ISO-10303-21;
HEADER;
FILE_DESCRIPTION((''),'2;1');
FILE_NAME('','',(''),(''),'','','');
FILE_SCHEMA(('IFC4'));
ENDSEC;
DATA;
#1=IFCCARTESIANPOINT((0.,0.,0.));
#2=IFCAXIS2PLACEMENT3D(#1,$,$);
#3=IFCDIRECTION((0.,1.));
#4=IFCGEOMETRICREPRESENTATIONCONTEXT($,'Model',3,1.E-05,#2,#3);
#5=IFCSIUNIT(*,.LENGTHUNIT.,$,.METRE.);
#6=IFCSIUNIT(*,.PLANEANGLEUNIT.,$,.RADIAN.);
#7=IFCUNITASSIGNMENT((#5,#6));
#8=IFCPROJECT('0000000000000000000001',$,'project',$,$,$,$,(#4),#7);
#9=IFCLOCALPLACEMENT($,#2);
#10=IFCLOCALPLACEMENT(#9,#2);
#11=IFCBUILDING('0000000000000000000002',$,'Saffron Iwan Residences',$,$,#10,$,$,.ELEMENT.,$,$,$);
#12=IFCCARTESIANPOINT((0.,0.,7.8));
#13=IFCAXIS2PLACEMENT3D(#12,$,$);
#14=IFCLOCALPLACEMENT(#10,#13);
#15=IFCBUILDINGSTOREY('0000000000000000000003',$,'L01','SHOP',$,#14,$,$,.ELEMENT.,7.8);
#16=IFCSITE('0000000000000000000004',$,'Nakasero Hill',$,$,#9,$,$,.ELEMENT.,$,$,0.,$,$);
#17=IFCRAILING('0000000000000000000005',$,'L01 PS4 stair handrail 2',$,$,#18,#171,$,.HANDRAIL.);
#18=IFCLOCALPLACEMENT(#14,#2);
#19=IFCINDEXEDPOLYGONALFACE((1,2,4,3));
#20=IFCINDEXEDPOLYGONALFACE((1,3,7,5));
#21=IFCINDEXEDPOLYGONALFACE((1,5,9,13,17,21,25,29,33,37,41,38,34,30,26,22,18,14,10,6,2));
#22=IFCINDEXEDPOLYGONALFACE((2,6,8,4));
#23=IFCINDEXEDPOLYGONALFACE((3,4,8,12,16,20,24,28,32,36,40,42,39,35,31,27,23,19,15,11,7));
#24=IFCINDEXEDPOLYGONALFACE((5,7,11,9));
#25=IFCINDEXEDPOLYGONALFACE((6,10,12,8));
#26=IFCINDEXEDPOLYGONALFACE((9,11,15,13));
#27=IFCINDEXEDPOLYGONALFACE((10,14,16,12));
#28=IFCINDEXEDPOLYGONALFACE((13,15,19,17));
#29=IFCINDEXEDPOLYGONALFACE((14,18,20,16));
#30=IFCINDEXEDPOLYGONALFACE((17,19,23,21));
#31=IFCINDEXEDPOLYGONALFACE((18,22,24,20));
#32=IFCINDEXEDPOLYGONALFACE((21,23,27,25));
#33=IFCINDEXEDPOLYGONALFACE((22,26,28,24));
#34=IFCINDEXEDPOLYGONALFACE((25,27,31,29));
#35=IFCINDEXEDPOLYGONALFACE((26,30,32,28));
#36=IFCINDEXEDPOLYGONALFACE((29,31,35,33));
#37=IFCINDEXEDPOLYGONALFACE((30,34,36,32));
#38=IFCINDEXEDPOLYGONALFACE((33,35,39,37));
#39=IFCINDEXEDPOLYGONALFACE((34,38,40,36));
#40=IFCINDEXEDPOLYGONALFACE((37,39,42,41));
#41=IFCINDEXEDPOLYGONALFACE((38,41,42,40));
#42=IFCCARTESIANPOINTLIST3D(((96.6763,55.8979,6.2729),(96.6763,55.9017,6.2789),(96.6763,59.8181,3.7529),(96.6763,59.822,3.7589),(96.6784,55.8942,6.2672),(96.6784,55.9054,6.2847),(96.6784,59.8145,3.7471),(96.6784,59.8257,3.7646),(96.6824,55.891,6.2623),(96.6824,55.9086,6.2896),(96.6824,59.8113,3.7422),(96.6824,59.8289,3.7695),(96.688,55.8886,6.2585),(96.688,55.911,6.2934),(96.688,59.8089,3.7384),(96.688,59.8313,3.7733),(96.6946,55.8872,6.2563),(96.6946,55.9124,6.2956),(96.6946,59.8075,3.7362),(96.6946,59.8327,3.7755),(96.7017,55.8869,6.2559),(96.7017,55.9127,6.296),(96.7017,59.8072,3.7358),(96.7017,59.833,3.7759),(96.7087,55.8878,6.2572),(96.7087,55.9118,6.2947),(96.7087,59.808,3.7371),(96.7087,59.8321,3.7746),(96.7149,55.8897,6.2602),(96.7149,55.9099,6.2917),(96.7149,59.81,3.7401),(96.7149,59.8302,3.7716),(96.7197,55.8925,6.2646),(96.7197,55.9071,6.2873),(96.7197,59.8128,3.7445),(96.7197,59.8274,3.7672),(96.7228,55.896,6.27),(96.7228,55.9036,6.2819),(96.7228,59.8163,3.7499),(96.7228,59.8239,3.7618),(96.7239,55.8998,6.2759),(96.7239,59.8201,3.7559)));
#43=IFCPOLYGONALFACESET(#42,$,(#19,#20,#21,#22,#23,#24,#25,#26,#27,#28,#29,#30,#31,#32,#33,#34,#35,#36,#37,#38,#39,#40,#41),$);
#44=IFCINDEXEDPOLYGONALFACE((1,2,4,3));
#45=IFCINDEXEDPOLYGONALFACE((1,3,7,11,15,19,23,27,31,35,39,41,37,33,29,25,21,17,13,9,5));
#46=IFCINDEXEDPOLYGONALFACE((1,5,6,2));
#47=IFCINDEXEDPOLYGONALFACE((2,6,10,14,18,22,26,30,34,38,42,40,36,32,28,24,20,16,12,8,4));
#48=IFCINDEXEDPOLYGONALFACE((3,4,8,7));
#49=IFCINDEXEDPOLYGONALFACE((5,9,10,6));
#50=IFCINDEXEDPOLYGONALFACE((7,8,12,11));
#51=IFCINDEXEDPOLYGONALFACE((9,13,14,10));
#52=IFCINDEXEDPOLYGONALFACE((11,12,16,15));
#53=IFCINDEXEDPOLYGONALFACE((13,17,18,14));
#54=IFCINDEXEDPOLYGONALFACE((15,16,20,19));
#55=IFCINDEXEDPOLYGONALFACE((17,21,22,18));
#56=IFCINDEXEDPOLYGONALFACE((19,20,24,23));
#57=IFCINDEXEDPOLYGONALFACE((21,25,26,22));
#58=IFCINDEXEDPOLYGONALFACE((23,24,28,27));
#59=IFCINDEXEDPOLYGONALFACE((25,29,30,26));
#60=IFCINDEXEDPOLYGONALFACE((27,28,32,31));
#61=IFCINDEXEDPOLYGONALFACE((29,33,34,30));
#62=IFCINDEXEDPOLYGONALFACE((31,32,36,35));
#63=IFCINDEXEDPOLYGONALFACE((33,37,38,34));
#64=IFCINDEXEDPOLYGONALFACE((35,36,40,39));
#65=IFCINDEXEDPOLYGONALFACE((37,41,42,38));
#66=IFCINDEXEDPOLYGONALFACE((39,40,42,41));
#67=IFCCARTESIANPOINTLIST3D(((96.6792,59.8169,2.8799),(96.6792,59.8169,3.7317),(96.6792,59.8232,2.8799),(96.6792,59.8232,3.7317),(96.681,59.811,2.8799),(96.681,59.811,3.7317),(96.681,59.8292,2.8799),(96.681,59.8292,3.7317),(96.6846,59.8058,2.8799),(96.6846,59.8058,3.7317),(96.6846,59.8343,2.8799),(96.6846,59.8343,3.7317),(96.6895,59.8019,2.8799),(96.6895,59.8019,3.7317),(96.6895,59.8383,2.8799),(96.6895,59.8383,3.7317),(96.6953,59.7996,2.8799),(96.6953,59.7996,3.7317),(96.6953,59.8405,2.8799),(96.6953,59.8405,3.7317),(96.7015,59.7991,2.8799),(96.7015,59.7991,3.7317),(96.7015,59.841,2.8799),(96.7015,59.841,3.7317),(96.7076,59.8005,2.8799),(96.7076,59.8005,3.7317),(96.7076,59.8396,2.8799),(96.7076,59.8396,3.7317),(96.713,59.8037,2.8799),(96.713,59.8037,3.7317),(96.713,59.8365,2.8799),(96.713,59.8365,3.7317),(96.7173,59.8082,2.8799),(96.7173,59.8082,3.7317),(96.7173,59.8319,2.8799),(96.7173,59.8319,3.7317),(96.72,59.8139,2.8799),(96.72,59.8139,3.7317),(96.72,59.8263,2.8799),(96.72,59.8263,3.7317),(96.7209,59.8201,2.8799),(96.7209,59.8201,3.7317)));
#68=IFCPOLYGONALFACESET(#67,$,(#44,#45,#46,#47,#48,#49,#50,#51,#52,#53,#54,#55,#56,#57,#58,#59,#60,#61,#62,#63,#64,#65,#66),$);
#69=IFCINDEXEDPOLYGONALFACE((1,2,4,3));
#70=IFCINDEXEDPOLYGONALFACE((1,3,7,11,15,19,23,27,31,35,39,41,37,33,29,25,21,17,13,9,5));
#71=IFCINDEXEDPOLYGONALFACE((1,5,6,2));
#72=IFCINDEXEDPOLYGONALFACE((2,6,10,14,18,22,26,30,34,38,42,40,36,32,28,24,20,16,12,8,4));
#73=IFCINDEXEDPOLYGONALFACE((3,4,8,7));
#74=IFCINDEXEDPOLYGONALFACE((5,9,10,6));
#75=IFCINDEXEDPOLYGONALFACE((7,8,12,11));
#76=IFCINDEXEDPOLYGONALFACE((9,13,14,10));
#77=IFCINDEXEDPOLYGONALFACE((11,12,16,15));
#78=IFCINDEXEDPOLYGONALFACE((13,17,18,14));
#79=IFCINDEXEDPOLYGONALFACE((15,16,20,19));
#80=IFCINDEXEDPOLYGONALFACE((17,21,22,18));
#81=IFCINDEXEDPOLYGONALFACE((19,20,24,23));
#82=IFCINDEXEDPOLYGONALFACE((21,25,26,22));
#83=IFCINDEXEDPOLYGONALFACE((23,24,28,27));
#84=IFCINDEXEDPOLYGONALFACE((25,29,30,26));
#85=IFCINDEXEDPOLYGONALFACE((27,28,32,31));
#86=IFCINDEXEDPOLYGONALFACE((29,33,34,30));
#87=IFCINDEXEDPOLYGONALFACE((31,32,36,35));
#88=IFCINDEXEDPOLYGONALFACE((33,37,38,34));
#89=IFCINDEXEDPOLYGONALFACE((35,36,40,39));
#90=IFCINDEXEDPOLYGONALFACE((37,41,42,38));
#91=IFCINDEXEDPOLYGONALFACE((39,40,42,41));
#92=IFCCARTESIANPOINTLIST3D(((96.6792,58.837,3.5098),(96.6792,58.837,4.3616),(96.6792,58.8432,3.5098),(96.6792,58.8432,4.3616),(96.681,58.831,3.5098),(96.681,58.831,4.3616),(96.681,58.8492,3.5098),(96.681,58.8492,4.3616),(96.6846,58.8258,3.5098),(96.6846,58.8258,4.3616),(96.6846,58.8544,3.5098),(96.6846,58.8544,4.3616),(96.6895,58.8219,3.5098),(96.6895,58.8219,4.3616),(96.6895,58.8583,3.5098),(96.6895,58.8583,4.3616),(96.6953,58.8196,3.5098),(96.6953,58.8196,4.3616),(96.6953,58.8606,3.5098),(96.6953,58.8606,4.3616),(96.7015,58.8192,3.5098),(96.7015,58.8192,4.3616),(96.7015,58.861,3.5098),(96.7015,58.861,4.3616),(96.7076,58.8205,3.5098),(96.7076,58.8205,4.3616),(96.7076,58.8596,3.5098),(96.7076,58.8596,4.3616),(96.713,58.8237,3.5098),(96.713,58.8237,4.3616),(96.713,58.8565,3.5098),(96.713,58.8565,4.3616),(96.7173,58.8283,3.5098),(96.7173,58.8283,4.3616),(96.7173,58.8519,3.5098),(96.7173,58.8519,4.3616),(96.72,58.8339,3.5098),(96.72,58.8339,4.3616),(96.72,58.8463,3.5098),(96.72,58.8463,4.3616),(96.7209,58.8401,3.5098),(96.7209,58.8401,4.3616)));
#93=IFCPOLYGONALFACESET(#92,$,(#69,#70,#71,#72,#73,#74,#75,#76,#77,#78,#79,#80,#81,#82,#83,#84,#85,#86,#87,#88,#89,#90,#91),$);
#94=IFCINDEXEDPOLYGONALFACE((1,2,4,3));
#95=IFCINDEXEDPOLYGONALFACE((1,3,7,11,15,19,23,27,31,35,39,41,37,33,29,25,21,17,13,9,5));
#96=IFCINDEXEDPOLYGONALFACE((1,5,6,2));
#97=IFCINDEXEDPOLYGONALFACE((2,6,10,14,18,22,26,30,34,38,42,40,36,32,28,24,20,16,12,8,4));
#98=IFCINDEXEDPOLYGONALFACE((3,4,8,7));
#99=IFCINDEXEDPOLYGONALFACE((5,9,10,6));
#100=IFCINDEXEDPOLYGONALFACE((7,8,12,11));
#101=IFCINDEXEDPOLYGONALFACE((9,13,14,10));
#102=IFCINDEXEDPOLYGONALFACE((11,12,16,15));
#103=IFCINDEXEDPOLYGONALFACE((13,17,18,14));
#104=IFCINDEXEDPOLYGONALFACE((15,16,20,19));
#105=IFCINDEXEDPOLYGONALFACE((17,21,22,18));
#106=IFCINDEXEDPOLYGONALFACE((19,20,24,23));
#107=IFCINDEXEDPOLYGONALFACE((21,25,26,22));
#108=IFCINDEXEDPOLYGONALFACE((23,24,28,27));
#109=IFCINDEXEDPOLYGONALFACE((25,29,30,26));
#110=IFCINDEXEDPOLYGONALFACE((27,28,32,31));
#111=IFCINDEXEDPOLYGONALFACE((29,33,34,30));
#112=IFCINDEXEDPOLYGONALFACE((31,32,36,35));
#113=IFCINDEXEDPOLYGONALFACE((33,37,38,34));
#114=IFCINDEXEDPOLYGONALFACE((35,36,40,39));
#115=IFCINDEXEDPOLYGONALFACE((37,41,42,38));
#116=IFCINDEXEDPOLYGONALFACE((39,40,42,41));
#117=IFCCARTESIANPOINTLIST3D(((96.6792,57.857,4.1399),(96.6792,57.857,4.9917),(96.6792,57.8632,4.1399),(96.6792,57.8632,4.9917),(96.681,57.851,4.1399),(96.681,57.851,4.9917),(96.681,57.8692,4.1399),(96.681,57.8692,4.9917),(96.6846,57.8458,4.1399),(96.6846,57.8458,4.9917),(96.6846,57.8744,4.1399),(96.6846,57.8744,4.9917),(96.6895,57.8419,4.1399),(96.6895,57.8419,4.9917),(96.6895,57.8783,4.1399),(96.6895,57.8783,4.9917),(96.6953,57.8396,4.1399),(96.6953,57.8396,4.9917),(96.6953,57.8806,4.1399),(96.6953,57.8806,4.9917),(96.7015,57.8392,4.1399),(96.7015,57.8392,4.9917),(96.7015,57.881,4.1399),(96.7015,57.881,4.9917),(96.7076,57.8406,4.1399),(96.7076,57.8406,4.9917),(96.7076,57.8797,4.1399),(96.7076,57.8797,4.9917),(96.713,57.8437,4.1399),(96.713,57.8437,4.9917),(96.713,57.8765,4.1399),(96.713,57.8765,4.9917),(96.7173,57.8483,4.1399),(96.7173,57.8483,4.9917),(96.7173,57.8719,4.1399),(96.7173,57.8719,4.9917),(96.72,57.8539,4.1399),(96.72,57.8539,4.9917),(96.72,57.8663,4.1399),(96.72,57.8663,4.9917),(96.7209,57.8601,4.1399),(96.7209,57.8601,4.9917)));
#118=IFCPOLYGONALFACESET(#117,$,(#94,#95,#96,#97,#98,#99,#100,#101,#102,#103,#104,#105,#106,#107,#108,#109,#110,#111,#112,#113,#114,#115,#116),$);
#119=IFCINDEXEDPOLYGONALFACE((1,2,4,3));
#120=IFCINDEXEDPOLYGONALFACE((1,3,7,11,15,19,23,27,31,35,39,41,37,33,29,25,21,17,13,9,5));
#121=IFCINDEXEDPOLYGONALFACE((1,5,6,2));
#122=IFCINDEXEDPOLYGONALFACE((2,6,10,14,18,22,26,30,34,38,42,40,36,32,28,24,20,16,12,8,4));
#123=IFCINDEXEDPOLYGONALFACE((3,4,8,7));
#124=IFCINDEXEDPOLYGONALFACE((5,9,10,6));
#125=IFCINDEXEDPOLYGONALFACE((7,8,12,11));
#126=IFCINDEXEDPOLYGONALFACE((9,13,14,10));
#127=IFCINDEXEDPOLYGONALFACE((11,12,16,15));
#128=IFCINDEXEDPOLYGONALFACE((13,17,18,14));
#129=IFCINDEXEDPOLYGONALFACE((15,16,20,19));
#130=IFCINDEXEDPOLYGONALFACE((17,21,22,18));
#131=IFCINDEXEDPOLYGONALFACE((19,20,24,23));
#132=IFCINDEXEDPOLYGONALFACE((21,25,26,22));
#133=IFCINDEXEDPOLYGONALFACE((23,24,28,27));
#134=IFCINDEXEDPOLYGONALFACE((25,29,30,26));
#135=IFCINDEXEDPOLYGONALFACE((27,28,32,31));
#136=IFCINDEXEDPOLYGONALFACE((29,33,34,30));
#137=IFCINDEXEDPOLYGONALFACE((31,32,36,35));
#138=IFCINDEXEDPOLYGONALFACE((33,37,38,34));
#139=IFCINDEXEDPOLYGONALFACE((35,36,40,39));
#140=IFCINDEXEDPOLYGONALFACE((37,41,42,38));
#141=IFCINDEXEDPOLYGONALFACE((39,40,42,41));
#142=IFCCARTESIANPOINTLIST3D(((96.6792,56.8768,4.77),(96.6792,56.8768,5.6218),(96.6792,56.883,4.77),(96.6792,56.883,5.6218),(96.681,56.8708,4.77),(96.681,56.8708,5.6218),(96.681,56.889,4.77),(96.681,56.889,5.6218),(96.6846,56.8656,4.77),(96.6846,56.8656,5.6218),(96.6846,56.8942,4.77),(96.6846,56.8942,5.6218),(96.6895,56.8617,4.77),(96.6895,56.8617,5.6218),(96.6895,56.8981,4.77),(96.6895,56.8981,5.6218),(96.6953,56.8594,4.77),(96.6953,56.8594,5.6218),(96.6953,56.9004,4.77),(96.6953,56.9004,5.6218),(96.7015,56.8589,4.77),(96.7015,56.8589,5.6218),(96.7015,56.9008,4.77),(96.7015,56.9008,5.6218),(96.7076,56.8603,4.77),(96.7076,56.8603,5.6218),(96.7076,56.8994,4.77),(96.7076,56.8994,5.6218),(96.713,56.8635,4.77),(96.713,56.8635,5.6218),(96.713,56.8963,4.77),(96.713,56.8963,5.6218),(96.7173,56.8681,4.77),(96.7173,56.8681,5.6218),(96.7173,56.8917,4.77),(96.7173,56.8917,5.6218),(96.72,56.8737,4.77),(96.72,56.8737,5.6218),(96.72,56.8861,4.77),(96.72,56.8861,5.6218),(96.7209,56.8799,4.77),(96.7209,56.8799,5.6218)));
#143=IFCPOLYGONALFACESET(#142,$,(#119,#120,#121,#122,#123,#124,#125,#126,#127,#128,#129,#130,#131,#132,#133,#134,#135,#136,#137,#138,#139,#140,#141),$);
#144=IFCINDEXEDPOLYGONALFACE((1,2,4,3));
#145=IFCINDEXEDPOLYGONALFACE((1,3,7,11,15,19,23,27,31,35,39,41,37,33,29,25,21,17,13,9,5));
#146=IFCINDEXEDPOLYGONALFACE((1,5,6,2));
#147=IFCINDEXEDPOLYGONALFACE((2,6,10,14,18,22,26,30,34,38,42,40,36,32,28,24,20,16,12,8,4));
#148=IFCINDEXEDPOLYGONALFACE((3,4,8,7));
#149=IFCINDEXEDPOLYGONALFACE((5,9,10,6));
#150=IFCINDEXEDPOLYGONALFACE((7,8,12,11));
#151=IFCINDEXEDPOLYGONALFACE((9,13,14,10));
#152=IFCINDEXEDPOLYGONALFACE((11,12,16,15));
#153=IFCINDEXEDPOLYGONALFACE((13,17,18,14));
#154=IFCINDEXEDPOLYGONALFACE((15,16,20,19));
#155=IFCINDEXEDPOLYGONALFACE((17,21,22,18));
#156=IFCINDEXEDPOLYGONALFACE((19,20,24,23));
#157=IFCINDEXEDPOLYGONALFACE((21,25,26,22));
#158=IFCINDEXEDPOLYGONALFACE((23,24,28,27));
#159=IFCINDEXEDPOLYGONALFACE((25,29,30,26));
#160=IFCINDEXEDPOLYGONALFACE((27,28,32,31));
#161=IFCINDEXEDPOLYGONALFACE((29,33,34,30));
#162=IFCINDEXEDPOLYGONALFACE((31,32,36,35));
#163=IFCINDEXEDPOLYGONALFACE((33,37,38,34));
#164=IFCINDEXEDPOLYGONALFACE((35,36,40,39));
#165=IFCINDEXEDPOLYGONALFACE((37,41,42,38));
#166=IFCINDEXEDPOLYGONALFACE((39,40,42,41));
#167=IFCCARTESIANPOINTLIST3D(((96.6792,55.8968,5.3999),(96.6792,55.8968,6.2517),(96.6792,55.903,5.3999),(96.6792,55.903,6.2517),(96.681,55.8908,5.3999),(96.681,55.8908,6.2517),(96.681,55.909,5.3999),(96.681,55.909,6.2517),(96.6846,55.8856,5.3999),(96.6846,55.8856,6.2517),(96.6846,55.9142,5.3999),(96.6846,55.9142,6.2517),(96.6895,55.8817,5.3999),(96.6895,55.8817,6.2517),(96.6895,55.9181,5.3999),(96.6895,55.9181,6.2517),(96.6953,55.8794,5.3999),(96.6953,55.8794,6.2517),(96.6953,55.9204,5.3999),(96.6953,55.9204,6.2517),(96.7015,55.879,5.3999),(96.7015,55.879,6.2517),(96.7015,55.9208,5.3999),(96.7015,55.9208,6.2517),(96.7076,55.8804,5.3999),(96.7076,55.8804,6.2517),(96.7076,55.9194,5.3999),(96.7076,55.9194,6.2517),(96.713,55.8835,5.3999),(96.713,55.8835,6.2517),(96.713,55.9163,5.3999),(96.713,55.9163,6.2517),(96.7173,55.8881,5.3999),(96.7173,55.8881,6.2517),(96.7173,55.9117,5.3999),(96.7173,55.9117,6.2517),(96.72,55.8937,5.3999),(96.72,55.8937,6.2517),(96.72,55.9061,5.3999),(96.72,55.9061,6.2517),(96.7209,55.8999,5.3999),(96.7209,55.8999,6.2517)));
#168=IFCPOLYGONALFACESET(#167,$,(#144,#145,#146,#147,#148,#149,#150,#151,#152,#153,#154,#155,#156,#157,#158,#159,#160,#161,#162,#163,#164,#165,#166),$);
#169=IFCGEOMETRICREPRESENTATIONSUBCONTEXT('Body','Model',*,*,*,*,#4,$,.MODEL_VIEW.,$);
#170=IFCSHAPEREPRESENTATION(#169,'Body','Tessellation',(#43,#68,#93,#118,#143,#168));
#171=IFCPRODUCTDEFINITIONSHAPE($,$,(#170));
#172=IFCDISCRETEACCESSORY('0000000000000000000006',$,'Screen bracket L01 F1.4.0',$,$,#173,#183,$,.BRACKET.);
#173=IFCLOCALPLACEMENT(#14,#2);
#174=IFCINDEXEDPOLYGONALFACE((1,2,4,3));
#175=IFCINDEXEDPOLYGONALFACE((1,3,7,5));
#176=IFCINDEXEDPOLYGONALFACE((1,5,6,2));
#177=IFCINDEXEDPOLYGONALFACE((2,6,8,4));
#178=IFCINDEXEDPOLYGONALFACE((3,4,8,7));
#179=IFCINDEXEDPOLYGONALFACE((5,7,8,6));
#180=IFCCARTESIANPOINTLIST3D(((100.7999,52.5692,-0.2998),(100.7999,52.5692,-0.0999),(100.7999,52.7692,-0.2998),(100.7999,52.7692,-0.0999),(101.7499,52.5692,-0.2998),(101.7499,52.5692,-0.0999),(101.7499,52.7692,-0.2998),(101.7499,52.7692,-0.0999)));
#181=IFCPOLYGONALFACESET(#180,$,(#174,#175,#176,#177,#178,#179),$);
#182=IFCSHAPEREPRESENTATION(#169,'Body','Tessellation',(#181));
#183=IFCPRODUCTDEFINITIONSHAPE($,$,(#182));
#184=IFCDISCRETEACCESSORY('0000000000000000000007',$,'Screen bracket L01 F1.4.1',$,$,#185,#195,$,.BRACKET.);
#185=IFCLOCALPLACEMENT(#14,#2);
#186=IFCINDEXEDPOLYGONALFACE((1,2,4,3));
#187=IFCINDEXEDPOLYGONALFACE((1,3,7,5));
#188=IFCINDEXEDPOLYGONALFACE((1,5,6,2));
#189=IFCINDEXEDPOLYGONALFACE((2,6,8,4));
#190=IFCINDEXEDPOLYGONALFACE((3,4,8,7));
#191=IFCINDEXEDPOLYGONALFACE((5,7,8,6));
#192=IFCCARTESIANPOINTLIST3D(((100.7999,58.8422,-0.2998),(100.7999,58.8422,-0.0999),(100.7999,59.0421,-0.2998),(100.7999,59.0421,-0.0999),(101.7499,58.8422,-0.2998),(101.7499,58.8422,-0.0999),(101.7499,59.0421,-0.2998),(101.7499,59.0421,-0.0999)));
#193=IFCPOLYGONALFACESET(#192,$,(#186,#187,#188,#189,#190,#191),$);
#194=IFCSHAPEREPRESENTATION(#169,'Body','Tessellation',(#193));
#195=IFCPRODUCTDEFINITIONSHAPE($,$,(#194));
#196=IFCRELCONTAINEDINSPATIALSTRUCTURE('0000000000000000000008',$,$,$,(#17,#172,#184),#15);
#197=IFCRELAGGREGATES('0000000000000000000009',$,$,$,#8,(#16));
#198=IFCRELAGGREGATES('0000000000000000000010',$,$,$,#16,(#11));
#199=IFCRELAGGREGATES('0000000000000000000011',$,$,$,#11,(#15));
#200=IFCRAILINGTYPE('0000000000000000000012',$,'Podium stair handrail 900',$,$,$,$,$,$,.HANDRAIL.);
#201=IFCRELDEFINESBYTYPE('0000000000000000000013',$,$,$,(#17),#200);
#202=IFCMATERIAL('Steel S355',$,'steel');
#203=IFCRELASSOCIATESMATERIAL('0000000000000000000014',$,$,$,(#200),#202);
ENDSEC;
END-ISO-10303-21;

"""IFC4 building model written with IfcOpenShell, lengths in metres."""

from ifc_helpers import new_model, si_unit, direction, frame, origin, origin_2d, place, context, subcontext, project, spatial, rectangle, circle, extrude, source, transform, mapped, material, type_object, element, save


model = new_model("IFC4")

# Units and contexts
model_context = context("Model", 3, precision=1e-05, world=origin(), true_north=direction((0.0, 1.0)))
body_context = subcontext(model_context, "Body", "Model", "MODEL_VIEW")
ifc_project = project(units=[si_unit("LENGTHUNIT", "METRE"), si_unit("PLANEANGLEUNIT", "RADIAN")], contexts=[model_context])

# Site, building, storey
site_placement = place(None, origin())
site = spatial("IfcSite", under=ifc_project, at=site_placement, Name="Nakasero Hill", CompositionType="ELEMENT", RefElevation=0.0)
building_placement = place(site_placement, origin())
building = spatial("IfcBuilding", under=site, at=building_placement, Name="Saffron Iwan Residences", CompositionType="ELEMENT")
storey_placement = place(building_placement, frame((0.0, 0.0, 7.8)))
storey = spatial("IfcBuildingStorey", under=building, at=storey_placement, Name="L01", Description="SHOP", CompositionType="ELEMENT", Elevation=7.8)

# Railing
ifc_material_1 = material(Name="Steel S355", Category="steel")
railing_type_1 = type_object("IfcRailingType", Name="Podium stair handrail 900", PredefinedType="HANDRAIL", material=ifc_material_1)
railing_1_placement = place(storey_placement, frame((96.7, 59.8201, 2.8799)))
element("IfcRailing", 1, at=railing_1_placement, inside=storey, type_object=railing_type_1, Name="L01 PS4 stair handrail 2", PredefinedType="HANDRAIL", context=body_context, shape_type="SweptSolid", body=[
    extrude(circle(Radius=0.0239, at=origin_2d()), frame((0.0, 0.0, 0.876), z_axis=(0.0, -0.841187, 0.540744), x_axis=(1.0, 0.0, 0.0)), (0.0, 0.0, 1.0), 4.6604),
    extrude(circle(Radius=0.021, at=origin_2d()), origin(), (0.0, 0.0, 1.0), 0.8518),
    extrude(circle(Radius=0.021, at=origin_2d()), frame((0.0, -0.98, 0.6299)), (0.0, 0.0, 1.0), 0.8518),
    extrude(circle(Radius=0.021, at=origin_2d()), frame((0.0, -1.96, 1.26)), (0.0, 0.0, 1.0), 0.8518),
    extrude(circle(Radius=0.021, at=origin_2d()), frame((0.0, -2.9402, 1.8901)), (0.0, 0.0, 1.0), 0.8518),
    extrude(circle(Radius=0.021, at=origin_2d()), frame((0.0, -3.9202, 2.52)), (0.0, 0.0, 1.0), 0.8518),
])

# Discrete accessories
shared_shape_1 = source(origin(), body_context, "Body", "SweptSolid", [
    extrude(rectangle(XDim=0.95, YDim=0.2, at=origin_2d()), origin(), (0.0, 0.0, 1.0), 0.2),
])
for number, where, z_axis, x_axis, name in (
    (2, (101.2749, 52.6692, -0.2998), (0.0, 0.0, 1.0), (1.0, 0.0, 0.0), "Screen bracket L01 F1.4.0"),
    (3, (101.2749, 58.9421, -0.2998), (0.0, 0.0, 1.0), (1.0, 0.0, 0.0), "Screen bracket L01 F1.4.1"),
):
    element("IfcDiscreteAccessory", number, at=place(storey_placement, frame(where, z_axis=z_axis, x_axis=x_axis)), inside=storey, Name=name, PredefinedType="BRACKET", context=body_context, shape_type="MappedRepresentation", body=[
        mapped(shared_shape_1, transform((0.0, 0.0, 0.0))),
    ])

save(model, "model.ifc")
